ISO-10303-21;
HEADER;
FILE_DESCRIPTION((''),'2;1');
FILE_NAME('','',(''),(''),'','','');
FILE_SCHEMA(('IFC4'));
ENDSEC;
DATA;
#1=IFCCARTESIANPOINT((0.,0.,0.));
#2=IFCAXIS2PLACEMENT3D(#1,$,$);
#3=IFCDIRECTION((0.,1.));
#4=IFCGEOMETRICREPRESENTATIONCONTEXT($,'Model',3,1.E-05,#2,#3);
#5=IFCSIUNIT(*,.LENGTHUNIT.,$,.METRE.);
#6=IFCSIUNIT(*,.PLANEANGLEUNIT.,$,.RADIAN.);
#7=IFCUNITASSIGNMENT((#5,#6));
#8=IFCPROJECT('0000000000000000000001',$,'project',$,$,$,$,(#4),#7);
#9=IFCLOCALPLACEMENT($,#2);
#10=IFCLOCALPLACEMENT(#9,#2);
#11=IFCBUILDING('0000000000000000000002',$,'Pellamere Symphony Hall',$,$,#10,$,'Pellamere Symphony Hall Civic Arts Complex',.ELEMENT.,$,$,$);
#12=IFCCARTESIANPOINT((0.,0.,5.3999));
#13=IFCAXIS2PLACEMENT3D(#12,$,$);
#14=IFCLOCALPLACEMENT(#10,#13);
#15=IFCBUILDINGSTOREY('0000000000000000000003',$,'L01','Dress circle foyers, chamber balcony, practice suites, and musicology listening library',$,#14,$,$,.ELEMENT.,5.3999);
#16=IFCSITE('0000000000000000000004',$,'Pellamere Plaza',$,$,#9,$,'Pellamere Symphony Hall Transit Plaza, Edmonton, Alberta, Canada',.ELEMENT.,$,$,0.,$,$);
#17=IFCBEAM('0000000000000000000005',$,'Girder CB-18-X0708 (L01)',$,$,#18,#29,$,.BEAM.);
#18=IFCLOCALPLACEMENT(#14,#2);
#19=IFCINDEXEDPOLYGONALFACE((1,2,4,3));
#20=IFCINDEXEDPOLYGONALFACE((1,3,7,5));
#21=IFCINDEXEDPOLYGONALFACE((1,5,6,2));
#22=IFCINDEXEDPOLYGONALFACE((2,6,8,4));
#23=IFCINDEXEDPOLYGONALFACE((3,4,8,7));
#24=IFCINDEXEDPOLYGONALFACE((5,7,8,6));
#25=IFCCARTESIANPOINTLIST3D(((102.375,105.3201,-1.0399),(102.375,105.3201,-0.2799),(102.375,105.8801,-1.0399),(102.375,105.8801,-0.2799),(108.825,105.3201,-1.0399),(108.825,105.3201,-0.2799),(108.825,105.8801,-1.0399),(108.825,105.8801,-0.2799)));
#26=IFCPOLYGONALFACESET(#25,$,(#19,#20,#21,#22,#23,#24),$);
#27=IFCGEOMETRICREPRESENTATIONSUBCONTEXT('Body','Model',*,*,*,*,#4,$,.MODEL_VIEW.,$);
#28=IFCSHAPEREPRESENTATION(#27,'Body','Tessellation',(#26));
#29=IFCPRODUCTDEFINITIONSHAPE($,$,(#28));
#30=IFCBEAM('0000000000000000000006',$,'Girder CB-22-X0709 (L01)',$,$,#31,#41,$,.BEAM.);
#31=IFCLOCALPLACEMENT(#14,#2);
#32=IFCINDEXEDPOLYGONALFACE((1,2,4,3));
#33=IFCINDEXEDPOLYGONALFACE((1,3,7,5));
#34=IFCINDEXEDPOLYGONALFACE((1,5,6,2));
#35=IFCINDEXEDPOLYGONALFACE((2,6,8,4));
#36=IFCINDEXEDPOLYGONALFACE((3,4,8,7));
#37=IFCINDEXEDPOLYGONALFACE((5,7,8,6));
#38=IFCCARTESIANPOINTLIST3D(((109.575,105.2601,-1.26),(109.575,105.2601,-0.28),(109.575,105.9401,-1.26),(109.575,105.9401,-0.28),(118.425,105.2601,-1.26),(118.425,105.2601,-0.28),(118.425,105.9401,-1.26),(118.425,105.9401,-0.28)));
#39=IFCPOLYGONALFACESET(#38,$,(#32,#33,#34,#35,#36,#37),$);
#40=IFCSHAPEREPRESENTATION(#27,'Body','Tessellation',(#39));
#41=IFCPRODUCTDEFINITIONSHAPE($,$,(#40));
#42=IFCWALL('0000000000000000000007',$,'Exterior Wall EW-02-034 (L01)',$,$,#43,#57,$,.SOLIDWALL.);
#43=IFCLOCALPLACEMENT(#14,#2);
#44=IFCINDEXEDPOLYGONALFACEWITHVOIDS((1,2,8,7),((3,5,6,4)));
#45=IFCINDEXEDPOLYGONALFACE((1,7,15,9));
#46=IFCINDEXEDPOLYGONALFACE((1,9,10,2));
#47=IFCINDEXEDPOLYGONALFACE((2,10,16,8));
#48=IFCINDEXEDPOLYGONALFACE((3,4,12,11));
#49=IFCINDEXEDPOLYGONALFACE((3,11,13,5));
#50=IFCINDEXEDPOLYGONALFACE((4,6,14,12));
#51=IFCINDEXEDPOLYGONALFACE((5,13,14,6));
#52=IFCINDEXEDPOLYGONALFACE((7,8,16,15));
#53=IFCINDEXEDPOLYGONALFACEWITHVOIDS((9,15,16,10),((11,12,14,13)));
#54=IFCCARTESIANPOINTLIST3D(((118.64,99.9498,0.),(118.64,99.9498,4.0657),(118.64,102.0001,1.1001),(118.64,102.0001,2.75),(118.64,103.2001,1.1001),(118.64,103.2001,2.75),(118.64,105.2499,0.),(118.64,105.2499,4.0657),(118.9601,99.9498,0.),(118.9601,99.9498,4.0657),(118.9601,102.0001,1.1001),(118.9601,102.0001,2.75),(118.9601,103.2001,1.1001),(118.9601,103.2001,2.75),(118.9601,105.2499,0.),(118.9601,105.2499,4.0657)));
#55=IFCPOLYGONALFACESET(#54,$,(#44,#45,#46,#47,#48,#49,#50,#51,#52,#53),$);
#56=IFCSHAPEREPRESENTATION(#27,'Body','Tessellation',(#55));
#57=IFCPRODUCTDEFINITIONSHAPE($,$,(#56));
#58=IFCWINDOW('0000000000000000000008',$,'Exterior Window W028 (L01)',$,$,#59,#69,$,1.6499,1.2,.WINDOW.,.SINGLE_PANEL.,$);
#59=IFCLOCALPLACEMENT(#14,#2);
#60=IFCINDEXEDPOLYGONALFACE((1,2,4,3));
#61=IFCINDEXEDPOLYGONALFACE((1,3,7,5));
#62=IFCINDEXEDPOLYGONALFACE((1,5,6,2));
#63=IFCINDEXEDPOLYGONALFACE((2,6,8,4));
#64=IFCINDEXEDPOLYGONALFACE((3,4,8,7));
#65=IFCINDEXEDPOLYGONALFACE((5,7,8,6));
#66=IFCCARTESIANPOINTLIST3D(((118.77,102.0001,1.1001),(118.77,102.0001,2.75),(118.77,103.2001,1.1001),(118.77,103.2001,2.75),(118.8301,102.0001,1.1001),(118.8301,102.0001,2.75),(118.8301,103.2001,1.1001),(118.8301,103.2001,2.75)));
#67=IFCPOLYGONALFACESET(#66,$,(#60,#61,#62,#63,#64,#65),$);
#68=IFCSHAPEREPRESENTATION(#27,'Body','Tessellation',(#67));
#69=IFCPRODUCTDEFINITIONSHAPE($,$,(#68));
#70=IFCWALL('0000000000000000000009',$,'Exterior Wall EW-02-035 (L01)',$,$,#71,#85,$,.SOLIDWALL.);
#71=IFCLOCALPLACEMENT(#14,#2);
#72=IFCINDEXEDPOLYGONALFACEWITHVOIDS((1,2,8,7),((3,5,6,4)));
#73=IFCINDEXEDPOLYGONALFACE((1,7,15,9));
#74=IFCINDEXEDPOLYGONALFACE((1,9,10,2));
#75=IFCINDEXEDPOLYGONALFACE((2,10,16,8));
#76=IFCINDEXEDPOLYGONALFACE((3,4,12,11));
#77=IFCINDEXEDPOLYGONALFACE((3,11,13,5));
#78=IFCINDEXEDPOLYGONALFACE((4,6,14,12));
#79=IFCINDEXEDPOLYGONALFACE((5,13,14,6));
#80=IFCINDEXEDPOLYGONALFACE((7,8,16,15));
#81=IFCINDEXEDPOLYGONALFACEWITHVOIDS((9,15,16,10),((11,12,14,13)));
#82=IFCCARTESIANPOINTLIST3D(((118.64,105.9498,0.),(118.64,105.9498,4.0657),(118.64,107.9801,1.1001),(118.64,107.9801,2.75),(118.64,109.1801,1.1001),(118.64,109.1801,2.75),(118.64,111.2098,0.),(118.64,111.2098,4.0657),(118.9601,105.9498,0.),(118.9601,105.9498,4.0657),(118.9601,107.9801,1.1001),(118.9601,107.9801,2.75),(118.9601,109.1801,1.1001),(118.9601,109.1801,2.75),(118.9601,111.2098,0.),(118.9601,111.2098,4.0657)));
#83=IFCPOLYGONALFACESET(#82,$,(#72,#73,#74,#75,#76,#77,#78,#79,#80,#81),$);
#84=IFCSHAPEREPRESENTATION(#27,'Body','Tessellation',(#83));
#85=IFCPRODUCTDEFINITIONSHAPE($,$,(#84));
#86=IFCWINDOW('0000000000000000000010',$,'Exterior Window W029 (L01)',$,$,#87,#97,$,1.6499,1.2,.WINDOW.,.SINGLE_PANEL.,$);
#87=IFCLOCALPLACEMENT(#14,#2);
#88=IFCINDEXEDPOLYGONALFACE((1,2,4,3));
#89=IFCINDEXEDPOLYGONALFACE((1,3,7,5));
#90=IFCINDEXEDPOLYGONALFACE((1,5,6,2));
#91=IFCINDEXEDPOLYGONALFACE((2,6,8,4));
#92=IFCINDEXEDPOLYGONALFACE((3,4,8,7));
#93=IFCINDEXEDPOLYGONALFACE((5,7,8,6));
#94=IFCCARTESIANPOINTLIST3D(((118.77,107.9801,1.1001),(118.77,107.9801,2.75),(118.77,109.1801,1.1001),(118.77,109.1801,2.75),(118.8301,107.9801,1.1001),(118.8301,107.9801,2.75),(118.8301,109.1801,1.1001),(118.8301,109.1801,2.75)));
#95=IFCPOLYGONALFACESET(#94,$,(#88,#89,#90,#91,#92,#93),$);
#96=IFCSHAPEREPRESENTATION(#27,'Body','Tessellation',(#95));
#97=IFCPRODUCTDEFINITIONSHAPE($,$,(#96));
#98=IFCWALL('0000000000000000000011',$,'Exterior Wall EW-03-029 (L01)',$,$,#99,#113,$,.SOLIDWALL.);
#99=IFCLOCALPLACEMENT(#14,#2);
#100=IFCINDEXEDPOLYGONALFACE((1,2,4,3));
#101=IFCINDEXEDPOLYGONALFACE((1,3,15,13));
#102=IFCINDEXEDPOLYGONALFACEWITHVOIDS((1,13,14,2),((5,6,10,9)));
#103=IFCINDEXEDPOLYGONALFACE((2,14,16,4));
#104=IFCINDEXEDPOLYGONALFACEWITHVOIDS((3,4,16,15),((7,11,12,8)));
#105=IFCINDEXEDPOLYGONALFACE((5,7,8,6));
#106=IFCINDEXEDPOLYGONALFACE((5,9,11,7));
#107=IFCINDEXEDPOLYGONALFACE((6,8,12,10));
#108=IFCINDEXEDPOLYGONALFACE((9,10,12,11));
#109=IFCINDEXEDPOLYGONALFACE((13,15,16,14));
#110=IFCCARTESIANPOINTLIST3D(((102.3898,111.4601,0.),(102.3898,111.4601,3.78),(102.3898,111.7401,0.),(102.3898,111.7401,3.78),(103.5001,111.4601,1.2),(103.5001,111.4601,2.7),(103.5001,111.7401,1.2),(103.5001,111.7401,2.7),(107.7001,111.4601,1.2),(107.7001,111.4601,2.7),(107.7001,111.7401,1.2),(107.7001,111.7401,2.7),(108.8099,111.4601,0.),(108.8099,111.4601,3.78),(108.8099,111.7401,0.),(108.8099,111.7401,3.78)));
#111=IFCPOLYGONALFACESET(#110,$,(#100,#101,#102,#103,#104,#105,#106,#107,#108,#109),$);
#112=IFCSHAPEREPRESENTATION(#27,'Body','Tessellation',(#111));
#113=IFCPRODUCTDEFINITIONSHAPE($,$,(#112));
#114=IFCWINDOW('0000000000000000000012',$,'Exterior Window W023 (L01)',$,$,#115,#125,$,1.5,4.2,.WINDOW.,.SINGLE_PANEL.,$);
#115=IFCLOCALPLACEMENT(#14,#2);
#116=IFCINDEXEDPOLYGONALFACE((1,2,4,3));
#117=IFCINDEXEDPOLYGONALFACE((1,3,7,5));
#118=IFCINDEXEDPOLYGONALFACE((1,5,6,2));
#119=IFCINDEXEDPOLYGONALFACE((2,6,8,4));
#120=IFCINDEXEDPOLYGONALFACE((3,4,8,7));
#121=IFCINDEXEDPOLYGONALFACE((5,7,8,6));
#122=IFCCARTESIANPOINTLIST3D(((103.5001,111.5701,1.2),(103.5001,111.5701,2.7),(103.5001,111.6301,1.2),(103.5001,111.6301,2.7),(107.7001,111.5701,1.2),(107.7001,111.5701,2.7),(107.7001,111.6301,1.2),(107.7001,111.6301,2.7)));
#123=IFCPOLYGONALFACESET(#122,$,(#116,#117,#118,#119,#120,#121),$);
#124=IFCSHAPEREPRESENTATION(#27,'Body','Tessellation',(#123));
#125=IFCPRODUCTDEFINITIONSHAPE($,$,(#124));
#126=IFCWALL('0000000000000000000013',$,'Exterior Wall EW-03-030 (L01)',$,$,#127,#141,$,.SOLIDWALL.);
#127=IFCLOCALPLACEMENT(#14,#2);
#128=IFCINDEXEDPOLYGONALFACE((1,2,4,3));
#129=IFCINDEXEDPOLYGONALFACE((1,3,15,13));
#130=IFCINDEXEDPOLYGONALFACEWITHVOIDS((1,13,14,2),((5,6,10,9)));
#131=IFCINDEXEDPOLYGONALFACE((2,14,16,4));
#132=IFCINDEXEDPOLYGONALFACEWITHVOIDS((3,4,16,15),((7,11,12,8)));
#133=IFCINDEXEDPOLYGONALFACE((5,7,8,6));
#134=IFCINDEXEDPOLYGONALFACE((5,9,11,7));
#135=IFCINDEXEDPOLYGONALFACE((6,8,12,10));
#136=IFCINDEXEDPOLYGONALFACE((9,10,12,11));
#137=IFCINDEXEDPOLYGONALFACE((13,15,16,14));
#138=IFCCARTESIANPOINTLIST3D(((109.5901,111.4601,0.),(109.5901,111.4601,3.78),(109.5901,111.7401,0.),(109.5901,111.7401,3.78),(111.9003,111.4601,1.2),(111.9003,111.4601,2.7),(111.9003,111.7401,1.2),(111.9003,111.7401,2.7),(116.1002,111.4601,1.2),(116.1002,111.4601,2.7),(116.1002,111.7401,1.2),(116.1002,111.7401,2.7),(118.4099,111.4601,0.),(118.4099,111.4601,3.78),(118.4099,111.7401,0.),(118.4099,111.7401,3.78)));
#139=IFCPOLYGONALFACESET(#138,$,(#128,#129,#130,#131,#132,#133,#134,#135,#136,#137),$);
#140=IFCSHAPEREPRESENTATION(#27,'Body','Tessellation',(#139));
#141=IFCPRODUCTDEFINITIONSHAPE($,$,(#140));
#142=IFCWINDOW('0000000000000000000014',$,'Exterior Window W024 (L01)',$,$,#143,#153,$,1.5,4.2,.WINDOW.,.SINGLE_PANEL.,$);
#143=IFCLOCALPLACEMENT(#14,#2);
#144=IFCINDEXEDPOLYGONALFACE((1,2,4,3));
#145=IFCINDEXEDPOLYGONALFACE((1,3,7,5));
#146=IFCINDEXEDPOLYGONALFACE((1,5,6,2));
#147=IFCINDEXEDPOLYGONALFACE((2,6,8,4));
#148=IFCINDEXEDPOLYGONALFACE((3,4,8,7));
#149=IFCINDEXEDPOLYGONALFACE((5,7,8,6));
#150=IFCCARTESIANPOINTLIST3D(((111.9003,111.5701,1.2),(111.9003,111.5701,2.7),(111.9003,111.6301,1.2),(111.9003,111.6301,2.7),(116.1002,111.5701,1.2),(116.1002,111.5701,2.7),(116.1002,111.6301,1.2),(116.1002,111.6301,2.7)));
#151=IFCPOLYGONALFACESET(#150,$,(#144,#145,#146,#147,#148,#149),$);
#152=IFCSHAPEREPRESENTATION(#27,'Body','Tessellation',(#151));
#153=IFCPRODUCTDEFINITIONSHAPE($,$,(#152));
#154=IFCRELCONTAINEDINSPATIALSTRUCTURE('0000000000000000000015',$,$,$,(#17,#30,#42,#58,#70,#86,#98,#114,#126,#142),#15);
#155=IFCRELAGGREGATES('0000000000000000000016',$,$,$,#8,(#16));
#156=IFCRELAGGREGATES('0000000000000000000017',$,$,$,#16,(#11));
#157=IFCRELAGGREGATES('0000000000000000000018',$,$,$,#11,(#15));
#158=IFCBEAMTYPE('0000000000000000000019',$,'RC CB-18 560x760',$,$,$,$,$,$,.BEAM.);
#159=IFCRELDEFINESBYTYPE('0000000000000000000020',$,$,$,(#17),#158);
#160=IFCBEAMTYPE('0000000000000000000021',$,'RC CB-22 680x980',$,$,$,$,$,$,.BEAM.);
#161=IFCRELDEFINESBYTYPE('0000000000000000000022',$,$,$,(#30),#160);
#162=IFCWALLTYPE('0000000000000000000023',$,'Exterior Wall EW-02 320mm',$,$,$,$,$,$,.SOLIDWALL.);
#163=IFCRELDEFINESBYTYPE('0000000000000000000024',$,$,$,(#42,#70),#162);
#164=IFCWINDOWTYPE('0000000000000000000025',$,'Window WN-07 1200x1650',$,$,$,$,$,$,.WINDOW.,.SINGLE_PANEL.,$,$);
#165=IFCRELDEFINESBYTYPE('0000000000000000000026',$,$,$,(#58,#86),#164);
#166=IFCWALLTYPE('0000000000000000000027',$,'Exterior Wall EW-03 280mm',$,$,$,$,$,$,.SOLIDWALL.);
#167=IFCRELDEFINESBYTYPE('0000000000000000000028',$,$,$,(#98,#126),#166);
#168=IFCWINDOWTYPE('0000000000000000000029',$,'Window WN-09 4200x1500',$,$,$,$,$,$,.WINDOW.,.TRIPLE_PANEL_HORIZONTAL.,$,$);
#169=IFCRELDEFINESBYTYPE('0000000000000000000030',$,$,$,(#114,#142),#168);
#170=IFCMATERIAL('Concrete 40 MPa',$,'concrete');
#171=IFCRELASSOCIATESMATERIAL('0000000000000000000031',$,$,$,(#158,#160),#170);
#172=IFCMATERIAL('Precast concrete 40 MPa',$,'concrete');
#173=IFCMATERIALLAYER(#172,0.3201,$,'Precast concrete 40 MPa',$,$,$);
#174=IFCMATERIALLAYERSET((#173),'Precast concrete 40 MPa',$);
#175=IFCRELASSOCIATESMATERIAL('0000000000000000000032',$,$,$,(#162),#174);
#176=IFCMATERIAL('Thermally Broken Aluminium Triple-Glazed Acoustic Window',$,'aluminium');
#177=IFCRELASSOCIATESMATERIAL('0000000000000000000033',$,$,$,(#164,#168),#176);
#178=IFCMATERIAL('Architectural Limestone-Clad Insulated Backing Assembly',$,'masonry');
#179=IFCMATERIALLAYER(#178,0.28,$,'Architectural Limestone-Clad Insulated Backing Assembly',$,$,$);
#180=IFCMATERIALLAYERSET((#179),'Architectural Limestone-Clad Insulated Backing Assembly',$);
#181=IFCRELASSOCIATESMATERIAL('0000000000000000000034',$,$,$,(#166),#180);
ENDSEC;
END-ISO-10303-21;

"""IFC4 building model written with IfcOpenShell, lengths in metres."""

from ifc_helpers import new_model, si_unit, direction, frame, frame_2d, origin, origin_2d, place, context, subcontext, project, spatial, rectangle, extrude, material, layer, layer_set, material_profile, profile_set, type_object, element, fill, save


model = new_model("IFC4")

# Units and contexts
model_context = context("Model", 3, precision=1e-05, world=origin(), true_north=direction((0.0, 1.0)))
body_context = subcontext(model_context, "Body", "Model", "MODEL_VIEW")
ifc_project = project(units=[si_unit("LENGTHUNIT", "METRE"), si_unit("PLANEANGLEUNIT", "RADIAN")], contexts=[model_context])

# Site, building, storey
site_placement = place(None, origin())
site = spatial("IfcSite", under=ifc_project, at=site_placement, Name="Pellamere Plaza", LongName="Pellamere Symphony Hall Transit Plaza, Edmonton, Alberta, Canada", CompositionType="ELEMENT", RefElevation=0.0)
building_placement = place(site_placement, origin())
building = spatial("IfcBuilding", under=site, at=building_placement, Name="Pellamere Symphony Hall", LongName="Pellamere Symphony Hall Civic Arts Complex", CompositionType="ELEMENT")
storey_placement = place(building_placement, frame((0.0, 0.0, 5.3999)))
storey = spatial("IfcBuildingStorey", under=building, at=storey_placement, Name="L01", Description="Dress circle foyers, chamber balcony, practice suites, and musicology listening library", CompositionType="ELEMENT", Elevation=5.3999)

# Shared definitions
ifc_material_1 = material(Name="Concrete 40 MPa", Category="concrete")

# Beams
ifc_material_profile_1 = material_profile(ifc_material_1, rectangle(XDim=0.5601, YDim=0.76, at=origin_2d()), Name="RC 560x760")
ifc_profile_set_1 = profile_set([ifc_material_profile_1], Name="Concrete 40 MPa")
beam_type_1 = type_object("IfcBeamType", Name="RC CB-18 560x760", PredefinedType="BEAM", material=ifc_profile_set_1)
beam_1_placement = place(storey_placement, frame((102.375, 105.6001, -0.6599), z_axis=(1.0, 0.0, 0.0), x_axis=(0.0, 1.0, 0.0)))
element("IfcBeam", 1, at=beam_1_placement, inside=storey, type_object=beam_type_1, Name="Girder CB-18-X0708 (L01)", PredefinedType="BEAM", context=body_context, shape_type="SweptSolid", body=[
    extrude(rectangle(XDim=0.5601, YDim=0.76, at=origin_2d()), origin(), (0.0, 0.0, 1.0), 6.45),
])
ifc_material_profile_2 = material_profile(ifc_material_1, rectangle(XDim=0.6799, YDim=0.98, at=origin_2d()), Name="RC 680x980")
ifc_profile_set_2 = profile_set([ifc_material_profile_2], Name="Concrete 40 MPa")
beam_type_2 = type_object("IfcBeamType", Name="RC CB-22 680x980", PredefinedType="BEAM", material=ifc_profile_set_2)
beam_2_placement = place(storey_placement, frame((109.575, 105.6001, -0.77), z_axis=(1.0, 0.0, 0.0), x_axis=(0.0, 1.0, 0.0)))
element("IfcBeam", 2, at=beam_2_placement, inside=storey, type_object=beam_type_2, Name="Girder CB-22-X0709 (L01)", PredefinedType="BEAM", context=body_context, shape_type="SweptSolid", body=[
    extrude(rectangle(XDim=0.6799, YDim=0.98, at=origin_2d()), origin(), (0.0, 0.0, 1.0), 8.8501),
])

# Walls, openings, windows
ifc_material_2 = material(Name="Precast concrete 40 MPa", Category="concrete")
ifc_layer_1 = layer(ifc_material_2, 0.3201, Name="Precast concrete 40 MPa")
ifc_layer_set_1 = layer_set([ifc_layer_1], Name="Precast concrete 40 MPa")
wall_type_1 = type_object("IfcWallType", Name="Exterior Wall EW-02 320mm", PredefinedType="SOLIDWALL", material=ifc_layer_set_1)
wall_1_placement = place(storey_placement, frame((118.8, 99.95, 0.0), z_axis=(0.0, 0.0, 1.0), x_axis=(0.0, 1.0, 0.0)))
wall_1 = element("IfcWall", 3, at=wall_1_placement, inside=storey, type_object=wall_type_1, Name="Exterior Wall EW-02-034 (L01)", PredefinedType="SOLIDWALL", context=body_context, shape_type="SweptSolid", body=[
    extrude(rectangle(XDim=5.3, YDim=0.3201, at=frame_2d((2.6499, 0.0))), origin(), (0.0, 0.0, 1.0), 4.0657),
])
opening_1_placement = place(wall_1_placement, frame((2.05, 0.0, 1.1001)))
opening_1 = element("IfcOpeningElement", 4, at=opening_1_placement, cuts=wall_1, PredefinedType="OPENING", context=body_context, shape_type="SweptSolid", body=[
    extrude(rectangle(XDim=1.2, YDim=1.6499, at=frame_2d((0.6001, 0.825))), frame((0.0, 0.1699, 0.0), z_axis=(0.0, -1.0, 0.0), x_axis=(1.0, 0.0, 0.0)), (0.0, 0.0, 1.0), 0.3401),
])
ifc_material_3 = material(Name="Thermally Broken Aluminium Triple-Glazed Acoustic Window", Category="aluminium")
window_type_1 = type_object("IfcWindowType", Name="Window WN-07 1200x1650", PartitioningType="SINGLE_PANEL", PredefinedType="WINDOW", material=ifc_material_3)
window_1_placement = place(opening_1_placement, origin())
window_1 = element("IfcWindow", 5, at=window_1_placement, inside=storey, type_object=window_type_1, Name="Exterior Window W028 (L01)", OverallHeight=1.6499, OverallWidth=1.2, PartitioningType="SINGLE_PANEL", PredefinedType="WINDOW", context=body_context, shape_type="SweptSolid", body=[
    extrude(rectangle(XDim=1.2, YDim=1.6499, at=frame_2d((0.6001, 0.825))), frame((0.0, 0.03, 0.0), z_axis=(0.0, -1.0, 0.0), x_axis=(1.0, 0.0, 0.0)), (0.0, 0.0, 1.0), 0.0601),
])
fill(opening_1, window_1)
wall_2_placement = place(storey_placement, frame((118.8, 105.95, 0.0), z_axis=(0.0, 0.0, 1.0), x_axis=(0.0, 1.0, 0.0)))
wall_2 = element("IfcWall", 6, at=wall_2_placement, inside=storey, type_object=wall_type_1, Name="Exterior Wall EW-02-035 (L01)", PredefinedType="SOLIDWALL", context=body_context, shape_type="SweptSolid", body=[
    extrude(rectangle(XDim=5.26, YDim=0.3201, at=frame_2d((2.6299, 0.0))), origin(), (0.0, 0.0, 1.0), 4.0657),
])
opening_2_placement = place(wall_2_placement, frame((2.03, 0.0, 1.1001)))
opening_2 = element("IfcOpeningElement", 7, at=opening_2_placement, cuts=wall_2, PredefinedType="OPENING", context=body_context, shape_type="SweptSolid", body=[
    extrude(rectangle(XDim=1.2, YDim=1.6499, at=frame_2d((0.6001, 0.825))), frame((0.0, 0.1699, 0.0), z_axis=(0.0, -1.0, 0.0), x_axis=(1.0, 0.0, 0.0)), (0.0, 0.0, 1.0), 0.3401),
])
window_2_placement = place(opening_2_placement, origin())
window_2 = element("IfcWindow", 8, at=window_2_placement, inside=storey, type_object=window_type_1, Name="Exterior Window W029 (L01)", OverallHeight=1.6499, OverallWidth=1.2, PartitioningType="SINGLE_PANEL", PredefinedType="WINDOW", context=body_context, shape_type="SweptSolid", body=[
    extrude(rectangle(XDim=1.2, YDim=1.6499, at=frame_2d((0.6001, 0.825))), frame((0.0, 0.03, 0.0), z_axis=(0.0, -1.0, 0.0), x_axis=(1.0, 0.0, 0.0)), (0.0, 0.0, 1.0), 0.0601),
])
fill(opening_2, window_2)
ifc_material_4 = material(Name="Architectural Limestone-Clad Insulated Backing Assembly", Category="masonry")
ifc_layer_2 = layer(ifc_material_4, 0.28, Name="Architectural Limestone-Clad Insulated Backing Assembly")
ifc_layer_set_2 = layer_set([ifc_layer_2], Name="Architectural Limestone-Clad Insulated Backing Assembly")
wall_type_2 = type_object("IfcWallType", Name="Exterior Wall EW-03 280mm", PredefinedType="SOLIDWALL", material=ifc_layer_set_2)
wall_3_placement = place(storey_placement, frame((102.3899, 111.6001, 0.0), z_axis=(0.0, 0.0, 1.0), x_axis=(1.0, 0.0, 0.0)))
wall_3 = element("IfcWall", 9, at=wall_3_placement, inside=storey, type_object=wall_type_2, Name="Exterior Wall EW-03-029 (L01)", PredefinedType="SOLIDWALL", context=body_context, shape_type="SweptSolid", body=[
    extrude(rectangle(XDim=6.4202, YDim=0.28, at=frame_2d((3.21, 0.0))), origin(), (0.0, 0.0, 1.0), 3.78),
])
opening_3_placement = place(wall_3_placement, frame((1.1101, 0.0, 1.2)))
opening_3 = element("IfcOpeningElement", 10, at=opening_3_placement, cuts=wall_3, PredefinedType="OPENING", context=body_context, shape_type="SweptSolid", body=[
    extrude(rectangle(XDim=4.2, YDim=1.5, at=frame_2d((2.1001, 0.75))), frame((0.0, 0.1499, 0.0), z_axis=(0.0, -1.0, 0.0), x_axis=(1.0, 0.0, 0.0)), (0.0, 0.0, 1.0), 0.3),
])
window_type_2 = type_object("IfcWindowType", Name="Window WN-09 4200x1500", PartitioningType="TRIPLE_PANEL_HORIZONTAL", PredefinedType="WINDOW", material=ifc_material_3)
window_3_placement = place(opening_3_placement, origin())
window_3 = element("IfcWindow", 11, at=window_3_placement, inside=storey, type_object=window_type_2, Name="Exterior Window W023 (L01)", OverallHeight=1.5, OverallWidth=4.2, PartitioningType="SINGLE_PANEL", PredefinedType="WINDOW", context=body_context, shape_type="SweptSolid", body=[
    extrude(rectangle(XDim=4.2, YDim=1.5, at=frame_2d((2.1001, 0.75))), frame((0.0, 0.03, 0.0), z_axis=(0.0, -1.0, 0.0), x_axis=(1.0, 0.0, 0.0)), (0.0, 0.0, 1.0), 0.0601),
])
fill(opening_3, window_3)
wall_4_placement = place(storey_placement, frame((109.5901, 111.6001, 0.0), z_axis=(0.0, 0.0, 1.0), x_axis=(1.0, 0.0, 0.0)))
wall_4 = element("IfcWall", 12, at=wall_4_placement, inside=storey, type_object=wall_type_2, Name="Exterior Wall EW-03-030 (L01)", PredefinedType="SOLIDWALL", context=body_context, shape_type="SweptSolid", body=[
    extrude(rectangle(XDim=8.8198, YDim=0.28, at=frame_2d((4.4099, 0.0))), origin(), (0.0, 0.0, 1.0), 3.78),
])
opening_4_placement = place(wall_4_placement, frame((2.3101, 0.0, 1.2)))
opening_4 = element("IfcOpeningElement", 13, at=opening_4_placement, cuts=wall_4, PredefinedType="OPENING", context=body_context, shape_type="SweptSolid", body=[
    extrude(rectangle(XDim=4.2, YDim=1.5, at=frame_2d((2.1001, 0.75))), frame((0.0, 0.1499, 0.0), z_axis=(0.0, -1.0, 0.0), x_axis=(1.0, 0.0, 0.0)), (0.0, 0.0, 1.0), 0.3),
])
window_4_placement = place(opening_4_placement, origin())
window_4 = element("IfcWindow", 14, at=window_4_placement, inside=storey, type_object=window_type_2, Name="Exterior Window W024 (L01)", OverallHeight=1.5, OverallWidth=4.2, PartitioningType="SINGLE_PANEL", PredefinedType="WINDOW", context=body_context, shape_type="SweptSolid", body=[
    extrude(rectangle(XDim=4.2, YDim=1.5, at=frame_2d((2.1001, 0.75))), frame((0.0, 0.03, 0.0), z_axis=(0.0, -1.0, 0.0), x_axis=(1.0, 0.0, 0.0)), (0.0, 0.0, 1.0), 0.0601),
])
fill(opening_4, window_4)

save(model, "model.ifc")
